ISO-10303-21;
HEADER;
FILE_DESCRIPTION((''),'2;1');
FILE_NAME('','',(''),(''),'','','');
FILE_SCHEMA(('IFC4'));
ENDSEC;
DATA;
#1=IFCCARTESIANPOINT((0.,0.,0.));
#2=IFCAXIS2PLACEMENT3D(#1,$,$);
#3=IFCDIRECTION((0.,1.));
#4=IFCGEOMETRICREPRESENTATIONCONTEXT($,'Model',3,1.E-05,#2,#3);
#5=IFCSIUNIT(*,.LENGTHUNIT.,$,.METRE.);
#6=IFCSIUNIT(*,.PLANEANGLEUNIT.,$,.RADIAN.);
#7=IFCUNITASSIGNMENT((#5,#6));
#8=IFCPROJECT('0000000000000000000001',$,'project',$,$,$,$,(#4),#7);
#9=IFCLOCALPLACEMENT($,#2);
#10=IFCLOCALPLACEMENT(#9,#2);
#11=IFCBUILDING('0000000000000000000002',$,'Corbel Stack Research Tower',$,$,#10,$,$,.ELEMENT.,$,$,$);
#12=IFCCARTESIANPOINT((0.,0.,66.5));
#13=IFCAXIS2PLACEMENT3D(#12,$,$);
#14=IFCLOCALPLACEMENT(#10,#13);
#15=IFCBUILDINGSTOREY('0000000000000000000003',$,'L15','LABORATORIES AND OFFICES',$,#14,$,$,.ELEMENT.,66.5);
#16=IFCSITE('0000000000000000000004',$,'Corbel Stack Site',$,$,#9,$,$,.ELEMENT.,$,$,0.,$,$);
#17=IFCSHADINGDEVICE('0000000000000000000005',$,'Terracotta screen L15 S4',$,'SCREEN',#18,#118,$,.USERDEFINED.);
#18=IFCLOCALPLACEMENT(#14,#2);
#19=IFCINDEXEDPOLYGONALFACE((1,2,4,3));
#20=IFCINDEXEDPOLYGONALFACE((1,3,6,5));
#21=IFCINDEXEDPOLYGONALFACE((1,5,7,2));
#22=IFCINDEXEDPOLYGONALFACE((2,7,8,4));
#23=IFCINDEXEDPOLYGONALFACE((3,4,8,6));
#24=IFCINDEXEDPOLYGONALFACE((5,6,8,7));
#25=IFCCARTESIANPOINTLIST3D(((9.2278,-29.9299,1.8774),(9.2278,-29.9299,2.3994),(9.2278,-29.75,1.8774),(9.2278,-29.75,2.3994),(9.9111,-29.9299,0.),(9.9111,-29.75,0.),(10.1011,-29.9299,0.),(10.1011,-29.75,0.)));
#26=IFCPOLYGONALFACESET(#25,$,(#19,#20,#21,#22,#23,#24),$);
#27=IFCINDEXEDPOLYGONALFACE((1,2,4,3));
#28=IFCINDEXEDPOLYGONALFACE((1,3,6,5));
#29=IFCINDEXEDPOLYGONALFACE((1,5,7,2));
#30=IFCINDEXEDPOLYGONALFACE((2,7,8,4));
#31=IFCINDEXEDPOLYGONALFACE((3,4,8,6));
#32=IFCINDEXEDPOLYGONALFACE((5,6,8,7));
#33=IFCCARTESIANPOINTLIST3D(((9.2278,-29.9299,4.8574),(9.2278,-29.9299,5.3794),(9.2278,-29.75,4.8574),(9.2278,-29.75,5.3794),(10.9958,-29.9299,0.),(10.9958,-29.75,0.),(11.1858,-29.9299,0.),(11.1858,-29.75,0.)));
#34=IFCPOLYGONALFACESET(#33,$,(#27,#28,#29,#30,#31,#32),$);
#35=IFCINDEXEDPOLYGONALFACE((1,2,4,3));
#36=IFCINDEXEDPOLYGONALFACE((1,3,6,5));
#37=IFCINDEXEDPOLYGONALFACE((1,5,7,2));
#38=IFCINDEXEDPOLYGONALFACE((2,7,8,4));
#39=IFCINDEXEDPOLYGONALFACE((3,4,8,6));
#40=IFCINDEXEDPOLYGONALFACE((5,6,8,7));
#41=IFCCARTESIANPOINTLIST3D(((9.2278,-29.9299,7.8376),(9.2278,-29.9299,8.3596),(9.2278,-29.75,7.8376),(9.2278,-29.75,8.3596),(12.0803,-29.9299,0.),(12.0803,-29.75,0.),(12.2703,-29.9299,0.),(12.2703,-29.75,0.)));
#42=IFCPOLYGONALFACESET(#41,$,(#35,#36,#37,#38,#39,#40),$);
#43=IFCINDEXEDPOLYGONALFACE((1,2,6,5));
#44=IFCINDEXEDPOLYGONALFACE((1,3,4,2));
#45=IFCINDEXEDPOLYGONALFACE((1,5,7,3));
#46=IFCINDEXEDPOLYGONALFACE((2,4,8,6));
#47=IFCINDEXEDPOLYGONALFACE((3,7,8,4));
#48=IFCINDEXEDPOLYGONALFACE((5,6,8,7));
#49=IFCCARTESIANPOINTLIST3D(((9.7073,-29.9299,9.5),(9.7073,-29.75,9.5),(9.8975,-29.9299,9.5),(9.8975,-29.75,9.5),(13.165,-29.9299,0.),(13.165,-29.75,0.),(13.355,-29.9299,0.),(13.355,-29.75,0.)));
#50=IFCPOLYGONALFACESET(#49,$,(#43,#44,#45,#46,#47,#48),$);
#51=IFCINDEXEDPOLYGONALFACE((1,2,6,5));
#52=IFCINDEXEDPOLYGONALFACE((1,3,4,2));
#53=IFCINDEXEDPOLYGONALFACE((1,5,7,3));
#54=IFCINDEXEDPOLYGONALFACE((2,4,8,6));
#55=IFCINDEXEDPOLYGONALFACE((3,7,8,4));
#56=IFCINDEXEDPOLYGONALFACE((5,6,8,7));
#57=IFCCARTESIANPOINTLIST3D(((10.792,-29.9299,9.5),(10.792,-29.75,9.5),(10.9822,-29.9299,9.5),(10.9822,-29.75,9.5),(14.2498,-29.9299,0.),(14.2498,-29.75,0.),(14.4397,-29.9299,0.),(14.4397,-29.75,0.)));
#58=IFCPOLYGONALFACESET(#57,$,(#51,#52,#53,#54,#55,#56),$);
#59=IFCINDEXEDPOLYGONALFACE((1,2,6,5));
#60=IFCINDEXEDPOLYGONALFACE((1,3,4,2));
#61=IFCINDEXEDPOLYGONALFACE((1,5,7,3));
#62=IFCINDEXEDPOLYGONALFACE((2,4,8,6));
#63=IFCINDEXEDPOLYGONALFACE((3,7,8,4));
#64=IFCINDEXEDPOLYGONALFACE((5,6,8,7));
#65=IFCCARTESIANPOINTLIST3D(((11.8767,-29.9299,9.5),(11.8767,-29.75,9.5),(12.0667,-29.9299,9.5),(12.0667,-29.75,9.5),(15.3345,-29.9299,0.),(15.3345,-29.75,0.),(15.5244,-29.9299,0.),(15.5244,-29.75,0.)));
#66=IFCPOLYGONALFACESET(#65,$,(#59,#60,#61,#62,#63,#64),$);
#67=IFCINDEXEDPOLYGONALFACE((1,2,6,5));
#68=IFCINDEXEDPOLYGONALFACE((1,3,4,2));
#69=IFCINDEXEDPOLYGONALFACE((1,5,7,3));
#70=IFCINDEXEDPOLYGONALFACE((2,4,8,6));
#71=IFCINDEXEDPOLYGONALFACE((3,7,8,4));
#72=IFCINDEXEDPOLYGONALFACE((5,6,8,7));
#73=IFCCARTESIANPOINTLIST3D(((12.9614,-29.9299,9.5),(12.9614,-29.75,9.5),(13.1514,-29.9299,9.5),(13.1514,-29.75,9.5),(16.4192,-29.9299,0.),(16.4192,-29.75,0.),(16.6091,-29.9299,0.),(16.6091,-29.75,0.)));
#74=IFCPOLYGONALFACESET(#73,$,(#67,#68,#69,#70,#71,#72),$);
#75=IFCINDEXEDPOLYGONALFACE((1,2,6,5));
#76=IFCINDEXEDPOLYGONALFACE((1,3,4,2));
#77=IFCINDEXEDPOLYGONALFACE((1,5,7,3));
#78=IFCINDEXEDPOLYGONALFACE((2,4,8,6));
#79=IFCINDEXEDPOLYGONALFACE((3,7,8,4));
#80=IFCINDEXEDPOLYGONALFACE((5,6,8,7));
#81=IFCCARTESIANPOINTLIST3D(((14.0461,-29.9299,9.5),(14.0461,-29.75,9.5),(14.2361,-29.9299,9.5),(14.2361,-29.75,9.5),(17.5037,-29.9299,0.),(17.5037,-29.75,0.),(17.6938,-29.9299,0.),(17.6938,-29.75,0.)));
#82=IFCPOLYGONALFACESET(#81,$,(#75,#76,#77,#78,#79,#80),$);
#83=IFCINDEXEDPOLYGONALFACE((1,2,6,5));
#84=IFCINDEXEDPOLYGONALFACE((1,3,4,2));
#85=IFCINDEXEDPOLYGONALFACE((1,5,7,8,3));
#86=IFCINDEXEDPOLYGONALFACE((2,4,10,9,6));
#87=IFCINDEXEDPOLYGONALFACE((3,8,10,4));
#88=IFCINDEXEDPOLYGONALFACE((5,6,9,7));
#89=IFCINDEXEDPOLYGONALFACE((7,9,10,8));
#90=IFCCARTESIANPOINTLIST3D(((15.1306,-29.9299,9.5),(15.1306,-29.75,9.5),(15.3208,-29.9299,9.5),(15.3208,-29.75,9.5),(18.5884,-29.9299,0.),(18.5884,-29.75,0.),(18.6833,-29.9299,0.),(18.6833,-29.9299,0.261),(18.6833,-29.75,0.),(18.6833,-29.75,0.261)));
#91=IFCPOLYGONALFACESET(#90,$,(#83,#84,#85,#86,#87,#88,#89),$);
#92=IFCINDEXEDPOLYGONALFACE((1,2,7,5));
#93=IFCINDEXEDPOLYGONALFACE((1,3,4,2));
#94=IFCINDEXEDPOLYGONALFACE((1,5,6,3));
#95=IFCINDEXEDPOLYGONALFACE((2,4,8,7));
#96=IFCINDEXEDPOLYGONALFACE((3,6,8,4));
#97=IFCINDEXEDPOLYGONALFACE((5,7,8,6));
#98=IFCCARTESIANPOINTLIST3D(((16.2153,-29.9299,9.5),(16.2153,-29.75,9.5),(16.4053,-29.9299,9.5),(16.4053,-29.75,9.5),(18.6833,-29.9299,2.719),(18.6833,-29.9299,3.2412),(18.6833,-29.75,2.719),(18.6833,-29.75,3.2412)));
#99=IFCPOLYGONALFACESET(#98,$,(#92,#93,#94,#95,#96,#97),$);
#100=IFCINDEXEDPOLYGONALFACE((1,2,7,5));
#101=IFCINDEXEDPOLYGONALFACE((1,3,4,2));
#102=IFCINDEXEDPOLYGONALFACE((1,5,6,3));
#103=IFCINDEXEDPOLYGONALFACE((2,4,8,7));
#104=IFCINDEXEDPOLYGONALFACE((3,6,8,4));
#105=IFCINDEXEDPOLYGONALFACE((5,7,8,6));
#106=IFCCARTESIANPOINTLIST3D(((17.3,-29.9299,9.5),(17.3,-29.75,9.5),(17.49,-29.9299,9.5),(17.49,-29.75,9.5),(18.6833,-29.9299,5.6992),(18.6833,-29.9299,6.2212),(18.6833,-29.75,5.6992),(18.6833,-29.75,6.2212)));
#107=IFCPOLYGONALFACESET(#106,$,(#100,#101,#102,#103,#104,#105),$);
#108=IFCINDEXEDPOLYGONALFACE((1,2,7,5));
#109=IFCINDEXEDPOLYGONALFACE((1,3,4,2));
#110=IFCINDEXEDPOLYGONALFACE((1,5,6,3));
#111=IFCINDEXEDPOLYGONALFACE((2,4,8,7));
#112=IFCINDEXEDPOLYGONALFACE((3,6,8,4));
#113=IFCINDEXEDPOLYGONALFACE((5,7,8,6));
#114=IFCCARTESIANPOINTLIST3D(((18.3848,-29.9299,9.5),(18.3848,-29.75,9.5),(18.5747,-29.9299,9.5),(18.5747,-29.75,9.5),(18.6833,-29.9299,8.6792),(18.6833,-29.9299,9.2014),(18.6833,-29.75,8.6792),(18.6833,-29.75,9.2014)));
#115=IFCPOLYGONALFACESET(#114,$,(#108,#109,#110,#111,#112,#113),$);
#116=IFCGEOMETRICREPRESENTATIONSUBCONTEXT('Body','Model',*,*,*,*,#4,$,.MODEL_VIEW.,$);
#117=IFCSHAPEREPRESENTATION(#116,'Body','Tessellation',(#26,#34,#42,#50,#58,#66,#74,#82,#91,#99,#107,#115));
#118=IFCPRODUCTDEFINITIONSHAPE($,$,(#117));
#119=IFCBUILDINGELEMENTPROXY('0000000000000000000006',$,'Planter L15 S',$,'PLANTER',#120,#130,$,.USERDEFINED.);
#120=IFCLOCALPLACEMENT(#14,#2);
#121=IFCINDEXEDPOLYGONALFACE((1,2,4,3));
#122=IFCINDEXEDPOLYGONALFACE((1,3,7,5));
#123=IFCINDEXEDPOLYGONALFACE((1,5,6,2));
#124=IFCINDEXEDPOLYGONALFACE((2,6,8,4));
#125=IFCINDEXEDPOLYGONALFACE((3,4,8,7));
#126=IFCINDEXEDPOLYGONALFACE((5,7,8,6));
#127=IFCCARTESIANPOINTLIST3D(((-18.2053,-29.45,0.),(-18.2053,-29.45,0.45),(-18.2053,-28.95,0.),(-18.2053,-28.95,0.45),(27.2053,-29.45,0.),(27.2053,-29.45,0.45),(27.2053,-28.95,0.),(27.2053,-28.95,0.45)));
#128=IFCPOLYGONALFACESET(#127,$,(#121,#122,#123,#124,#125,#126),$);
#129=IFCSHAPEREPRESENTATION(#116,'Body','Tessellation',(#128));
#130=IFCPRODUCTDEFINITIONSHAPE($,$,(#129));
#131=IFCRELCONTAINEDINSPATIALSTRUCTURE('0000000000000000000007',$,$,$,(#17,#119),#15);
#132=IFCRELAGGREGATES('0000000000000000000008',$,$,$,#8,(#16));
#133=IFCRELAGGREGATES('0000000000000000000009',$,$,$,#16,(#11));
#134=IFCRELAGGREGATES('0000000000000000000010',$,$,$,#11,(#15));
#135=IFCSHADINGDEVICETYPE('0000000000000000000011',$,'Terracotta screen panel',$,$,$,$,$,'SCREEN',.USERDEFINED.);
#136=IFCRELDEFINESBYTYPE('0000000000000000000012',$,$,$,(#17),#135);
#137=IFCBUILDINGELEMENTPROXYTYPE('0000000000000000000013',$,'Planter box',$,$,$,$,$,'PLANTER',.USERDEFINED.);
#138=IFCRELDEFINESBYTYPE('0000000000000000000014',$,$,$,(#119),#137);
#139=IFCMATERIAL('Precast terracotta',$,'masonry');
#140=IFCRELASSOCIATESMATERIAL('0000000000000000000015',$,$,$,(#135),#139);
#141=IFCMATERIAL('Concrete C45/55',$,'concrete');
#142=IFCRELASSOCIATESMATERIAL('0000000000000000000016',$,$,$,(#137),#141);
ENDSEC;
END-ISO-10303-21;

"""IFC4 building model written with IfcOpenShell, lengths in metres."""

from ifc_helpers import new_model, si_unit, direction, frame, origin, origin_2d, place, context, subcontext, project, spatial, polyline, rectangle, outline, extrude, source, transform, mapped, material, type_object, element, save


model = new_model("IFC4")

# Units and contexts
model_context = context("Model", 3, precision=1e-05, world=origin(), true_north=direction((0.0, 1.0)))
body_context = subcontext(model_context, "Body", "Model", "MODEL_VIEW")
ifc_project = project(units=[si_unit("LENGTHUNIT", "METRE"), si_unit("PLANEANGLEUNIT", "RADIAN")], contexts=[model_context])

# Site, building, storey
site_placement = place(None, origin())
site = spatial("IfcSite", under=ifc_project, at=site_placement, Name="Corbel Stack Site", CompositionType="ELEMENT", RefElevation=0.0)
building_placement = place(site_placement, origin())
building = spatial("IfcBuilding", under=site, at=building_placement, Name="Corbel Stack Research Tower", CompositionType="ELEMENT")
storey_placement = place(building_placement, frame((0.0, 0.0, 66.5)))
storey = spatial("IfcBuildingStorey", under=building, at=storey_placement, Name="L15", Description="LABORATORIES AND OFFICES", CompositionType="ELEMENT", Elevation=66.5)

# Shading device
ifc_material_1 = material(Name="Precast terracotta", Category="masonry")
shading_device_type = type_object("IfcShadingDeviceType", Name="Terracotta screen panel", ElementType="SCREEN", PredefinedType="USERDEFINED", material=ifc_material_1)
shared_shape_1 = source(origin(), body_context, "Body", "SweptSolid", [
    extrude(outline(polyline([(0.8733, 0.0), (0.0, 2.3994), (0.0, 1.8774), (0.6833, 0.0), (0.8733, 0.0)])), frame((0.0, 0.0, 0.0), z_axis=(0.0, -1.0, 0.0), x_axis=(1.0, 0.0, 0.0)), (0.0, 0.0, 1.0), 0.1799),
    extrude(outline(polyline([(1.958, 0.0), (0.0, 5.3794), (0.0, 4.8574), (1.7681, 0.0), (1.958, 0.0)])), frame((0.0, 0.0, 0.0), z_axis=(0.0, -1.0, 0.0), x_axis=(1.0, 0.0, 0.0)), (0.0, 0.0, 1.0), 0.1799),
    extrude(outline(polyline([(3.0425, 0.0), (0.0, 8.3596), (0.0, 7.8376), (2.8525, 0.0), (3.0425, 0.0)])), frame((0.0, 0.0, 0.0), z_axis=(0.0, -1.0, 0.0), x_axis=(1.0, 0.0, 0.0)), (0.0, 0.0, 1.0), 0.1799),
    extrude(outline(polyline([(4.1272, 0.0), (0.6697, 9.5), (0.4795, 9.5), (3.9373, 0.0), (4.1272, 0.0)])), frame((0.0, 0.0, 0.0), z_axis=(0.0, -1.0, 0.0), x_axis=(1.0, 0.0, 0.0)), (0.0, 0.0, 1.0), 0.1799),
    extrude(outline(polyline([(5.2119, 0.0), (1.7544, 9.5), (1.5642, 9.5), (5.022, 0.0), (5.2119, 0.0)])), frame((0.0, 0.0, 0.0), z_axis=(0.0, -1.0, 0.0), x_axis=(1.0, 0.0, 0.0)), (0.0, 0.0, 1.0), 0.1799),
    extrude(outline(polyline([(6.2966, 0.0), (2.8389, 9.5), (2.6489, 9.5), (6.1067, 0.0), (6.2966, 0.0)])), frame((0.0, 0.0, 0.0), z_axis=(0.0, -1.0, 0.0), x_axis=(1.0, 0.0, 0.0)), (0.0, 0.0, 1.0), 0.1799),
    extrude(outline(polyline([(7.3813, 0.0), (3.9236, 9.5), (3.7336, 9.5), (7.1914, 0.0), (7.3813, 0.0)])), frame((0.0, 0.0, 0.0), z_axis=(0.0, -1.0, 0.0), x_axis=(1.0, 0.0, 0.0)), (0.0, 0.0, 1.0), 0.1799),
    extrude(outline(polyline([(8.4661, 0.0), (5.0083, 9.5), (4.8184, 9.5), (8.2759, 0.0), (8.4661, 0.0)])), frame((0.0, 0.0, 0.0), z_axis=(0.0, -1.0, 0.0), x_axis=(1.0, 0.0, 0.0)), (0.0, 0.0, 1.0), 0.1799),
    extrude(outline(polyline([(9.4556, 0.0), (9.4556, 0.261), (6.093, 9.5), (5.9028, 9.5), (9.3606, 0.0), (9.4556, 0.0)])), frame((0.0, 0.0, 0.0), z_axis=(0.0, -1.0, 0.0), x_axis=(1.0, 0.0, 0.0)), (0.0, 0.0, 1.0), 0.1799),
    extrude(outline(polyline([(7.1775, 9.5), (6.9875, 9.5), (9.4556, 2.719), (9.4556, 3.2412), (7.1775, 9.5)])), frame((0.0, 0.0, 0.0), z_axis=(0.0, -1.0, 0.0), x_axis=(1.0, 0.0, 0.0)), (0.0, 0.0, 1.0), 0.1799),
    extrude(outline(polyline([(8.2622, 9.5), (8.0723, 9.5), (9.4556, 5.6992), (9.4556, 6.2212), (8.2622, 9.5)])), frame((0.0, 0.0, 0.0), z_axis=(0.0, -1.0, 0.0), x_axis=(1.0, 0.0, 0.0)), (0.0, 0.0, 1.0), 0.1799),
    extrude(outline(polyline([(9.3469, 9.5), (9.157, 9.5), (9.4556, 8.6792), (9.4556, 9.2014), (9.3469, 9.5)])), frame((0.0, 0.0, 0.0), z_axis=(0.0, -1.0, 0.0), x_axis=(1.0, 0.0, 0.0)), (0.0, 0.0, 1.0), 0.1799),
])
shading_device_1_placement = place(storey_placement, frame((9.2278, -29.75, 0.0), z_axis=(0.0, 0.0, 1.0), x_axis=(1.0, 0.0, 0.0)))
element("IfcShadingDevice", 1, at=shading_device_1_placement, inside=storey, type_object=shading_device_type, Name="Terracotta screen L15 S4", ObjectType="SCREEN", PredefinedType="USERDEFINED", context=body_context, shape_type="MappedRepresentation", body=[
    mapped(shared_shape_1, transform((0.0, 0.0, 0.0))),
])

# Building element proxy
ifc_material_2 = material(Name="Concrete C45/55", Category="concrete")
building_element_proxy_type = type_object("IfcBuildingElementProxyType", Name="Planter box", ElementType="PLANTER", PredefinedType="USERDEFINED", material=ifc_material_2)
proxy_placement = place(storey_placement, frame((4.5, -29.2, 0.0), z_axis=(0.0, 0.0, 1.0), x_axis=(1.0, 0.0, 0.0)))
element("IfcBuildingElementProxy", 2, at=proxy_placement, inside=storey, type_object=building_element_proxy_type, Name="Planter L15 S", ObjectType="PLANTER", PredefinedType="USERDEFINED", context=body_context, shape_type="SweptSolid", body=[
    extrude(rectangle(XDim=45.4106, YDim=0.5, at=origin_2d()), origin(), (0.0, 0.0, 1.0), 0.45),
])

save(model, "model.ifc")
